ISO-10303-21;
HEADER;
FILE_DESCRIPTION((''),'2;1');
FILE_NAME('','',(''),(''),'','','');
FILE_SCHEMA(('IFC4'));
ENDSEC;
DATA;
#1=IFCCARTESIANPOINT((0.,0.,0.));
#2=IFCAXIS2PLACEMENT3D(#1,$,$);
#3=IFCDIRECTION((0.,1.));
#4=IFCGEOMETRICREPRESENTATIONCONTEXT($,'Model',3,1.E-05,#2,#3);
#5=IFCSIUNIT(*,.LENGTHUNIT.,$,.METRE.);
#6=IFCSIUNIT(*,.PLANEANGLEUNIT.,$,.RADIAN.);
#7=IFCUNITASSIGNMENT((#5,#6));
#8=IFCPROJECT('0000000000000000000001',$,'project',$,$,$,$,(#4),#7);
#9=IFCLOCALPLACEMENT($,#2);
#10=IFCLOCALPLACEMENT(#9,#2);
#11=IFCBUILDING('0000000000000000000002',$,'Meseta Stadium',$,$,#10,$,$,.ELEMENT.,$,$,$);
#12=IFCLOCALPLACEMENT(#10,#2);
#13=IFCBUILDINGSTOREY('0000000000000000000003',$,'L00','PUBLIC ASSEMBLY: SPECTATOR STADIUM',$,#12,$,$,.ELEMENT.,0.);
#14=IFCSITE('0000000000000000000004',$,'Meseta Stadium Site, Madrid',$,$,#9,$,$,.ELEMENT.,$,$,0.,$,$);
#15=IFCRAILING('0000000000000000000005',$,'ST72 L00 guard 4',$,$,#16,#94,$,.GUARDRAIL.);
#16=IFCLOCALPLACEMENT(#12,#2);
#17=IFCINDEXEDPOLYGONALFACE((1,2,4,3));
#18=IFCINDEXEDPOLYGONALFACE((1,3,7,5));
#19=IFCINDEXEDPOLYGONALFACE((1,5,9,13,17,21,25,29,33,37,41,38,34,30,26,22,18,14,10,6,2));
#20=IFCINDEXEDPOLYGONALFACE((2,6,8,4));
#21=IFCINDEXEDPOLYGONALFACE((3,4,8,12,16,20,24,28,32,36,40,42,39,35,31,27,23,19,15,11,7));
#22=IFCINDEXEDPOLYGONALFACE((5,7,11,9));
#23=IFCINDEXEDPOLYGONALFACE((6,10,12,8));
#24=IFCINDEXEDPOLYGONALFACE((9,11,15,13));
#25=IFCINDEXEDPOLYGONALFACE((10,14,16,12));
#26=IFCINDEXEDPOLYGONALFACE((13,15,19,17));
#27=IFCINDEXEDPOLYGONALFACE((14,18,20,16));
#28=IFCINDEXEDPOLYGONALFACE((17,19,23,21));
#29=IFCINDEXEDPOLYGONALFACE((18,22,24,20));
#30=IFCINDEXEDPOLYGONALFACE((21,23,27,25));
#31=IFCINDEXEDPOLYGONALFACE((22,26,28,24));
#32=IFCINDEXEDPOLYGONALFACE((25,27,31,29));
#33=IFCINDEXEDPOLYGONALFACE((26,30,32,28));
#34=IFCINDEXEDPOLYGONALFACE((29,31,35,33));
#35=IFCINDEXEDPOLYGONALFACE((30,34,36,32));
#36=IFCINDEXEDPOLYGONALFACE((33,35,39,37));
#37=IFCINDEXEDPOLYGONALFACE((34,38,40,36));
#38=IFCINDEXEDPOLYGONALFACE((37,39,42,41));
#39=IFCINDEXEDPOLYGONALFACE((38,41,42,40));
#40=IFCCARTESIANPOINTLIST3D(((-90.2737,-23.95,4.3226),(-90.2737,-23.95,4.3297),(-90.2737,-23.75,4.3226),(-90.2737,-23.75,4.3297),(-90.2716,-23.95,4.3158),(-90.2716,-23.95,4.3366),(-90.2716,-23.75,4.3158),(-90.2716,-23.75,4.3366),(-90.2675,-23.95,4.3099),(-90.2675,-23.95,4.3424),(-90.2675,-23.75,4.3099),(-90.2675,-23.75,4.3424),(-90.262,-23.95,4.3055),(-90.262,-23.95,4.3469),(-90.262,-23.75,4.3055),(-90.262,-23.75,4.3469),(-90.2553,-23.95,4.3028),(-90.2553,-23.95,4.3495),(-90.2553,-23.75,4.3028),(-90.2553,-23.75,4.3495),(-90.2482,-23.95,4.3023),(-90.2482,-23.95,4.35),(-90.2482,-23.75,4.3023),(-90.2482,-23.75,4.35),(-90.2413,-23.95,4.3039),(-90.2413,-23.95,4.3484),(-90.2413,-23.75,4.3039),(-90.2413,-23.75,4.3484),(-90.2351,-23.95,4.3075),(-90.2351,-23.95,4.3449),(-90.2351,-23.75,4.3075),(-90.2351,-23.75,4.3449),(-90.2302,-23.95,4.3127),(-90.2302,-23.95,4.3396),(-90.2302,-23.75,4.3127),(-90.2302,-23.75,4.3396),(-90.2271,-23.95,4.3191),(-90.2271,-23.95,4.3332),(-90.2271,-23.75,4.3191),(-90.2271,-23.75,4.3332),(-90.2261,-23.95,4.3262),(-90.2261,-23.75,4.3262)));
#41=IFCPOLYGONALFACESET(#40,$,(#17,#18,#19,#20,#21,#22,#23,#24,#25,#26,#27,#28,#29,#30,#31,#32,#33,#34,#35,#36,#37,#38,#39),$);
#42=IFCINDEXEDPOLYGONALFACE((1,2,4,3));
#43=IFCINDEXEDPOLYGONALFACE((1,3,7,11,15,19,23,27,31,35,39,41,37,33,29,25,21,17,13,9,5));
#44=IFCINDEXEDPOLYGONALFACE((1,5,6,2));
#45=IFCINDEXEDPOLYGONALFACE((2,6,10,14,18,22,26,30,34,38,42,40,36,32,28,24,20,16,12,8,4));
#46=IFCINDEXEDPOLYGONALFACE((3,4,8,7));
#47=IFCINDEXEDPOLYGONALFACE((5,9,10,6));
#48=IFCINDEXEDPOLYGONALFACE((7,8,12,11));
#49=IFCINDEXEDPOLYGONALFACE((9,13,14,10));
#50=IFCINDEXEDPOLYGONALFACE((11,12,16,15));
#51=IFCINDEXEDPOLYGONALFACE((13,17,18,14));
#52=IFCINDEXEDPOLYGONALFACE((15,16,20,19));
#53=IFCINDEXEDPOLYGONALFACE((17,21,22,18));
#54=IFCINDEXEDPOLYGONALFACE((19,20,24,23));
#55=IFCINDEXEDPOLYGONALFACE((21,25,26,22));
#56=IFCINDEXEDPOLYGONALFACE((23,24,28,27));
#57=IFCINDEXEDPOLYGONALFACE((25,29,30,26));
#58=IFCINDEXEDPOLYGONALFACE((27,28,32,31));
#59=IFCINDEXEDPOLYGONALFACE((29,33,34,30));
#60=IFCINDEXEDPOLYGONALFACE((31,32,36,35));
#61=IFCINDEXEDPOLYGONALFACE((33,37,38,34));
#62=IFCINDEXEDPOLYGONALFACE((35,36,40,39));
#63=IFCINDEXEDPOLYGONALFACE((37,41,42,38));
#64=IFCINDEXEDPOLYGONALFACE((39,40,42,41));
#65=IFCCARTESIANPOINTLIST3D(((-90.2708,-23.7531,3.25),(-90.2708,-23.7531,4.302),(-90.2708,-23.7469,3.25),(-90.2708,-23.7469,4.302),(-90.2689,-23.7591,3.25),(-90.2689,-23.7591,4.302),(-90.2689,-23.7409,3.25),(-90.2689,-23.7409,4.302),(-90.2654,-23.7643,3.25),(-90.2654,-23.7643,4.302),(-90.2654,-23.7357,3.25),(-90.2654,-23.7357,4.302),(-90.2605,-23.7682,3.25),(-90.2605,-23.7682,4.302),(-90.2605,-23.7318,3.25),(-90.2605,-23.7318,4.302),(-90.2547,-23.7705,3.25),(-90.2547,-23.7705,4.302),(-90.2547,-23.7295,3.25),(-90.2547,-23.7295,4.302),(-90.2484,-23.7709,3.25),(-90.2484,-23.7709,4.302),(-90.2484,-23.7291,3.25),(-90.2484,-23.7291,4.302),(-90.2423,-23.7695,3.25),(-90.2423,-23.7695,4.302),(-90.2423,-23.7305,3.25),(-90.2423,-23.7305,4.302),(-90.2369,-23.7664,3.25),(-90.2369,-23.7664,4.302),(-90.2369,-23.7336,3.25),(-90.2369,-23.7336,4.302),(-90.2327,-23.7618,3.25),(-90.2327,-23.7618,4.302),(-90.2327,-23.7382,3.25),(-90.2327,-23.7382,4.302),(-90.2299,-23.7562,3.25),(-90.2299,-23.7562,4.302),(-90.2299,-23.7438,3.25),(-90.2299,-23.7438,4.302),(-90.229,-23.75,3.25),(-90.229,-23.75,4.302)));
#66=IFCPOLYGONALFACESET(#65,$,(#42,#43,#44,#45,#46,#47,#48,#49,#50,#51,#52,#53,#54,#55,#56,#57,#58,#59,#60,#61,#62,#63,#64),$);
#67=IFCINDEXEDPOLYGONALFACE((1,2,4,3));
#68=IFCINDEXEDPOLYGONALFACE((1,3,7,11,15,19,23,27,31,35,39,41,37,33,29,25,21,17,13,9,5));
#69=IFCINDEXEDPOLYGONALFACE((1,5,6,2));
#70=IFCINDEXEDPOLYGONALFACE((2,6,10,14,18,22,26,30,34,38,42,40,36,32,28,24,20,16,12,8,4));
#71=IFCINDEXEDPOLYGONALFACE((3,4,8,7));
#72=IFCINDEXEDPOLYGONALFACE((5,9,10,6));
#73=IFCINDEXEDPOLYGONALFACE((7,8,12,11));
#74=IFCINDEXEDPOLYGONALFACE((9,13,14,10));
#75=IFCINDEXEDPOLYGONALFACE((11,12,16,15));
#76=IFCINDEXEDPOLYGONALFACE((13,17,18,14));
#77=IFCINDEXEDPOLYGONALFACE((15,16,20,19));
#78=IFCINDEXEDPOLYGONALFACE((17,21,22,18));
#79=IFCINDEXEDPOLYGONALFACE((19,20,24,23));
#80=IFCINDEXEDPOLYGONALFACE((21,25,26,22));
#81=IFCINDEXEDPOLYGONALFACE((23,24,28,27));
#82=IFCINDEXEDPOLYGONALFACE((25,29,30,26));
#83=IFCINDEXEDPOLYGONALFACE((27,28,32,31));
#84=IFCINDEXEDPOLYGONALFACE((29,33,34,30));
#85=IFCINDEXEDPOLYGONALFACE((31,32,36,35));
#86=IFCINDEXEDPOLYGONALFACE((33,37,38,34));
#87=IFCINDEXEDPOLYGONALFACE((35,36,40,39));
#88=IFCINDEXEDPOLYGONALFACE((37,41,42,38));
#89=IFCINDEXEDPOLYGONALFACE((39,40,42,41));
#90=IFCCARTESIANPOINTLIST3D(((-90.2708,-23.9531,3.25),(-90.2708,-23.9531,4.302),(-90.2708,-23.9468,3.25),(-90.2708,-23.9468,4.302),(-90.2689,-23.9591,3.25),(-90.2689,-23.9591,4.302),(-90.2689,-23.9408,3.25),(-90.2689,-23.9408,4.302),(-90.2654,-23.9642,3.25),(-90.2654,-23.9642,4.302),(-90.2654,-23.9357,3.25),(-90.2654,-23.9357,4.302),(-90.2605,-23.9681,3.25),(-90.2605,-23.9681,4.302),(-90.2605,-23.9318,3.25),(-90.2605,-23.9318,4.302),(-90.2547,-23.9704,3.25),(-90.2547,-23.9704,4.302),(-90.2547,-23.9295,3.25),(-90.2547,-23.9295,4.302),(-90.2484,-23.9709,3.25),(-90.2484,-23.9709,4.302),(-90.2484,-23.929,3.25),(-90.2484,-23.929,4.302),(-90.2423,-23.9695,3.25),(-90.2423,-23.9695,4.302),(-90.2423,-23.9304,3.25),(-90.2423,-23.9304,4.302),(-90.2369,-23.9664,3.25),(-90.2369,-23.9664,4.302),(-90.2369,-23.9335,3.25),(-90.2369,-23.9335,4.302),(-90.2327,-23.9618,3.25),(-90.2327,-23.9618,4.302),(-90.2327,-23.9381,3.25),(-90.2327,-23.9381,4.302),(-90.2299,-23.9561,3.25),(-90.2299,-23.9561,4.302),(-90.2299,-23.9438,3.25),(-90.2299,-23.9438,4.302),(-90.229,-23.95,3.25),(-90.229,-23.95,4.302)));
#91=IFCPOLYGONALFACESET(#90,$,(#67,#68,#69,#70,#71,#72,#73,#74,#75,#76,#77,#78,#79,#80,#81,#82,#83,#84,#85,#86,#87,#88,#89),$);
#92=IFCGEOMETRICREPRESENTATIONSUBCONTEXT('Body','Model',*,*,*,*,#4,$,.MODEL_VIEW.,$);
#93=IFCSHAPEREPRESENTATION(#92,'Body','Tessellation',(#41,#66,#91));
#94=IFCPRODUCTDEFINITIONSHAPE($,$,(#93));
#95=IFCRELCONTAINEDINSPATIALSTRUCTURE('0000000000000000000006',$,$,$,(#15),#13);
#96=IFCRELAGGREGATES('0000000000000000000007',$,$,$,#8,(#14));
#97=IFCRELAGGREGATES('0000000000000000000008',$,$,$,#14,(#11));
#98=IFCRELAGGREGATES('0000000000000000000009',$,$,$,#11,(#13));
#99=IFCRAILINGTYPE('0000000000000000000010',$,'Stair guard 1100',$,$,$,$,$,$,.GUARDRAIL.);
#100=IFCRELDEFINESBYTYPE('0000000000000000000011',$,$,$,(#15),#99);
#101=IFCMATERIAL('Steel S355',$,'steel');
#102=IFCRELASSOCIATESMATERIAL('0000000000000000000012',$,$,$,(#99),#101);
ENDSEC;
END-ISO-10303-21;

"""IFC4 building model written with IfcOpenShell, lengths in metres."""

from ifc_helpers import new_model, si_unit, direction, frame, origin, origin_2d, place, context, subcontext, project, spatial, circle, extrude, material, type_object, element, save


model = new_model("IFC4")

# Units and contexts
model_context = context("Model", 3, precision=1e-05, world=origin(), true_north=direction((0.0, 1.0)))
body_context = subcontext(model_context, "Body", "Model", "MODEL_VIEW")
ifc_project = project(units=[si_unit("LENGTHUNIT", "METRE"), si_unit("PLANEANGLEUNIT", "RADIAN")], contexts=[model_context])

# Site, building, storey
site_placement = place(None, origin())
site = spatial("IfcSite", under=ifc_project, at=site_placement, Name="Meseta Stadium Site, Madrid", CompositionType="ELEMENT", RefElevation=0.0)
building_placement = place(site_placement, origin())
building = spatial("IfcBuilding", under=site, at=building_placement, Name="Meseta Stadium", CompositionType="ELEMENT")
storey_placement = place(building_placement, origin())
storey = spatial("IfcBuildingStorey", under=building, at=storey_placement, Name="L00", Description="PUBLIC ASSEMBLY: SPECTATOR STADIUM", CompositionType="ELEMENT", Elevation=0.0)

# Railing
ifc_material_1 = material(Name="Steel S355", Category="steel")
railing_type_1 = type_object("IfcRailingType", Name="Stair guard 1100", PredefinedType="GUARDRAIL", material=ifc_material_1)
railing_1_placement = place(storey_placement, frame((-90.25, -23.75, 3.25)))
element("IfcRailing", 1, at=railing_1_placement, inside=storey, type_object=railing_type_1, Name="ST72 L00 guard 4", PredefinedType="GUARDRAIL", context=body_context, shape_type="SweptSolid", body=[
    extrude(circle(Radius=0.0239, at=origin_2d()), frame((0.0, 0.0, 1.0762), z_axis=(0.0, -1.0, 0.0), x_axis=(1.0, 0.0, 0.0)), (0.0, 0.0, 1.0), 0.2),
    extrude(circle(Radius=0.021, at=origin_2d()), origin(), (0.0, 0.0, 1.0), 1.052),
    extrude(circle(Radius=0.021, at=origin_2d()), frame((0.0, -0.2, 0.0)), (0.0, 0.0, 1.0), 1.052),
])

save(model, "model.ifc")
